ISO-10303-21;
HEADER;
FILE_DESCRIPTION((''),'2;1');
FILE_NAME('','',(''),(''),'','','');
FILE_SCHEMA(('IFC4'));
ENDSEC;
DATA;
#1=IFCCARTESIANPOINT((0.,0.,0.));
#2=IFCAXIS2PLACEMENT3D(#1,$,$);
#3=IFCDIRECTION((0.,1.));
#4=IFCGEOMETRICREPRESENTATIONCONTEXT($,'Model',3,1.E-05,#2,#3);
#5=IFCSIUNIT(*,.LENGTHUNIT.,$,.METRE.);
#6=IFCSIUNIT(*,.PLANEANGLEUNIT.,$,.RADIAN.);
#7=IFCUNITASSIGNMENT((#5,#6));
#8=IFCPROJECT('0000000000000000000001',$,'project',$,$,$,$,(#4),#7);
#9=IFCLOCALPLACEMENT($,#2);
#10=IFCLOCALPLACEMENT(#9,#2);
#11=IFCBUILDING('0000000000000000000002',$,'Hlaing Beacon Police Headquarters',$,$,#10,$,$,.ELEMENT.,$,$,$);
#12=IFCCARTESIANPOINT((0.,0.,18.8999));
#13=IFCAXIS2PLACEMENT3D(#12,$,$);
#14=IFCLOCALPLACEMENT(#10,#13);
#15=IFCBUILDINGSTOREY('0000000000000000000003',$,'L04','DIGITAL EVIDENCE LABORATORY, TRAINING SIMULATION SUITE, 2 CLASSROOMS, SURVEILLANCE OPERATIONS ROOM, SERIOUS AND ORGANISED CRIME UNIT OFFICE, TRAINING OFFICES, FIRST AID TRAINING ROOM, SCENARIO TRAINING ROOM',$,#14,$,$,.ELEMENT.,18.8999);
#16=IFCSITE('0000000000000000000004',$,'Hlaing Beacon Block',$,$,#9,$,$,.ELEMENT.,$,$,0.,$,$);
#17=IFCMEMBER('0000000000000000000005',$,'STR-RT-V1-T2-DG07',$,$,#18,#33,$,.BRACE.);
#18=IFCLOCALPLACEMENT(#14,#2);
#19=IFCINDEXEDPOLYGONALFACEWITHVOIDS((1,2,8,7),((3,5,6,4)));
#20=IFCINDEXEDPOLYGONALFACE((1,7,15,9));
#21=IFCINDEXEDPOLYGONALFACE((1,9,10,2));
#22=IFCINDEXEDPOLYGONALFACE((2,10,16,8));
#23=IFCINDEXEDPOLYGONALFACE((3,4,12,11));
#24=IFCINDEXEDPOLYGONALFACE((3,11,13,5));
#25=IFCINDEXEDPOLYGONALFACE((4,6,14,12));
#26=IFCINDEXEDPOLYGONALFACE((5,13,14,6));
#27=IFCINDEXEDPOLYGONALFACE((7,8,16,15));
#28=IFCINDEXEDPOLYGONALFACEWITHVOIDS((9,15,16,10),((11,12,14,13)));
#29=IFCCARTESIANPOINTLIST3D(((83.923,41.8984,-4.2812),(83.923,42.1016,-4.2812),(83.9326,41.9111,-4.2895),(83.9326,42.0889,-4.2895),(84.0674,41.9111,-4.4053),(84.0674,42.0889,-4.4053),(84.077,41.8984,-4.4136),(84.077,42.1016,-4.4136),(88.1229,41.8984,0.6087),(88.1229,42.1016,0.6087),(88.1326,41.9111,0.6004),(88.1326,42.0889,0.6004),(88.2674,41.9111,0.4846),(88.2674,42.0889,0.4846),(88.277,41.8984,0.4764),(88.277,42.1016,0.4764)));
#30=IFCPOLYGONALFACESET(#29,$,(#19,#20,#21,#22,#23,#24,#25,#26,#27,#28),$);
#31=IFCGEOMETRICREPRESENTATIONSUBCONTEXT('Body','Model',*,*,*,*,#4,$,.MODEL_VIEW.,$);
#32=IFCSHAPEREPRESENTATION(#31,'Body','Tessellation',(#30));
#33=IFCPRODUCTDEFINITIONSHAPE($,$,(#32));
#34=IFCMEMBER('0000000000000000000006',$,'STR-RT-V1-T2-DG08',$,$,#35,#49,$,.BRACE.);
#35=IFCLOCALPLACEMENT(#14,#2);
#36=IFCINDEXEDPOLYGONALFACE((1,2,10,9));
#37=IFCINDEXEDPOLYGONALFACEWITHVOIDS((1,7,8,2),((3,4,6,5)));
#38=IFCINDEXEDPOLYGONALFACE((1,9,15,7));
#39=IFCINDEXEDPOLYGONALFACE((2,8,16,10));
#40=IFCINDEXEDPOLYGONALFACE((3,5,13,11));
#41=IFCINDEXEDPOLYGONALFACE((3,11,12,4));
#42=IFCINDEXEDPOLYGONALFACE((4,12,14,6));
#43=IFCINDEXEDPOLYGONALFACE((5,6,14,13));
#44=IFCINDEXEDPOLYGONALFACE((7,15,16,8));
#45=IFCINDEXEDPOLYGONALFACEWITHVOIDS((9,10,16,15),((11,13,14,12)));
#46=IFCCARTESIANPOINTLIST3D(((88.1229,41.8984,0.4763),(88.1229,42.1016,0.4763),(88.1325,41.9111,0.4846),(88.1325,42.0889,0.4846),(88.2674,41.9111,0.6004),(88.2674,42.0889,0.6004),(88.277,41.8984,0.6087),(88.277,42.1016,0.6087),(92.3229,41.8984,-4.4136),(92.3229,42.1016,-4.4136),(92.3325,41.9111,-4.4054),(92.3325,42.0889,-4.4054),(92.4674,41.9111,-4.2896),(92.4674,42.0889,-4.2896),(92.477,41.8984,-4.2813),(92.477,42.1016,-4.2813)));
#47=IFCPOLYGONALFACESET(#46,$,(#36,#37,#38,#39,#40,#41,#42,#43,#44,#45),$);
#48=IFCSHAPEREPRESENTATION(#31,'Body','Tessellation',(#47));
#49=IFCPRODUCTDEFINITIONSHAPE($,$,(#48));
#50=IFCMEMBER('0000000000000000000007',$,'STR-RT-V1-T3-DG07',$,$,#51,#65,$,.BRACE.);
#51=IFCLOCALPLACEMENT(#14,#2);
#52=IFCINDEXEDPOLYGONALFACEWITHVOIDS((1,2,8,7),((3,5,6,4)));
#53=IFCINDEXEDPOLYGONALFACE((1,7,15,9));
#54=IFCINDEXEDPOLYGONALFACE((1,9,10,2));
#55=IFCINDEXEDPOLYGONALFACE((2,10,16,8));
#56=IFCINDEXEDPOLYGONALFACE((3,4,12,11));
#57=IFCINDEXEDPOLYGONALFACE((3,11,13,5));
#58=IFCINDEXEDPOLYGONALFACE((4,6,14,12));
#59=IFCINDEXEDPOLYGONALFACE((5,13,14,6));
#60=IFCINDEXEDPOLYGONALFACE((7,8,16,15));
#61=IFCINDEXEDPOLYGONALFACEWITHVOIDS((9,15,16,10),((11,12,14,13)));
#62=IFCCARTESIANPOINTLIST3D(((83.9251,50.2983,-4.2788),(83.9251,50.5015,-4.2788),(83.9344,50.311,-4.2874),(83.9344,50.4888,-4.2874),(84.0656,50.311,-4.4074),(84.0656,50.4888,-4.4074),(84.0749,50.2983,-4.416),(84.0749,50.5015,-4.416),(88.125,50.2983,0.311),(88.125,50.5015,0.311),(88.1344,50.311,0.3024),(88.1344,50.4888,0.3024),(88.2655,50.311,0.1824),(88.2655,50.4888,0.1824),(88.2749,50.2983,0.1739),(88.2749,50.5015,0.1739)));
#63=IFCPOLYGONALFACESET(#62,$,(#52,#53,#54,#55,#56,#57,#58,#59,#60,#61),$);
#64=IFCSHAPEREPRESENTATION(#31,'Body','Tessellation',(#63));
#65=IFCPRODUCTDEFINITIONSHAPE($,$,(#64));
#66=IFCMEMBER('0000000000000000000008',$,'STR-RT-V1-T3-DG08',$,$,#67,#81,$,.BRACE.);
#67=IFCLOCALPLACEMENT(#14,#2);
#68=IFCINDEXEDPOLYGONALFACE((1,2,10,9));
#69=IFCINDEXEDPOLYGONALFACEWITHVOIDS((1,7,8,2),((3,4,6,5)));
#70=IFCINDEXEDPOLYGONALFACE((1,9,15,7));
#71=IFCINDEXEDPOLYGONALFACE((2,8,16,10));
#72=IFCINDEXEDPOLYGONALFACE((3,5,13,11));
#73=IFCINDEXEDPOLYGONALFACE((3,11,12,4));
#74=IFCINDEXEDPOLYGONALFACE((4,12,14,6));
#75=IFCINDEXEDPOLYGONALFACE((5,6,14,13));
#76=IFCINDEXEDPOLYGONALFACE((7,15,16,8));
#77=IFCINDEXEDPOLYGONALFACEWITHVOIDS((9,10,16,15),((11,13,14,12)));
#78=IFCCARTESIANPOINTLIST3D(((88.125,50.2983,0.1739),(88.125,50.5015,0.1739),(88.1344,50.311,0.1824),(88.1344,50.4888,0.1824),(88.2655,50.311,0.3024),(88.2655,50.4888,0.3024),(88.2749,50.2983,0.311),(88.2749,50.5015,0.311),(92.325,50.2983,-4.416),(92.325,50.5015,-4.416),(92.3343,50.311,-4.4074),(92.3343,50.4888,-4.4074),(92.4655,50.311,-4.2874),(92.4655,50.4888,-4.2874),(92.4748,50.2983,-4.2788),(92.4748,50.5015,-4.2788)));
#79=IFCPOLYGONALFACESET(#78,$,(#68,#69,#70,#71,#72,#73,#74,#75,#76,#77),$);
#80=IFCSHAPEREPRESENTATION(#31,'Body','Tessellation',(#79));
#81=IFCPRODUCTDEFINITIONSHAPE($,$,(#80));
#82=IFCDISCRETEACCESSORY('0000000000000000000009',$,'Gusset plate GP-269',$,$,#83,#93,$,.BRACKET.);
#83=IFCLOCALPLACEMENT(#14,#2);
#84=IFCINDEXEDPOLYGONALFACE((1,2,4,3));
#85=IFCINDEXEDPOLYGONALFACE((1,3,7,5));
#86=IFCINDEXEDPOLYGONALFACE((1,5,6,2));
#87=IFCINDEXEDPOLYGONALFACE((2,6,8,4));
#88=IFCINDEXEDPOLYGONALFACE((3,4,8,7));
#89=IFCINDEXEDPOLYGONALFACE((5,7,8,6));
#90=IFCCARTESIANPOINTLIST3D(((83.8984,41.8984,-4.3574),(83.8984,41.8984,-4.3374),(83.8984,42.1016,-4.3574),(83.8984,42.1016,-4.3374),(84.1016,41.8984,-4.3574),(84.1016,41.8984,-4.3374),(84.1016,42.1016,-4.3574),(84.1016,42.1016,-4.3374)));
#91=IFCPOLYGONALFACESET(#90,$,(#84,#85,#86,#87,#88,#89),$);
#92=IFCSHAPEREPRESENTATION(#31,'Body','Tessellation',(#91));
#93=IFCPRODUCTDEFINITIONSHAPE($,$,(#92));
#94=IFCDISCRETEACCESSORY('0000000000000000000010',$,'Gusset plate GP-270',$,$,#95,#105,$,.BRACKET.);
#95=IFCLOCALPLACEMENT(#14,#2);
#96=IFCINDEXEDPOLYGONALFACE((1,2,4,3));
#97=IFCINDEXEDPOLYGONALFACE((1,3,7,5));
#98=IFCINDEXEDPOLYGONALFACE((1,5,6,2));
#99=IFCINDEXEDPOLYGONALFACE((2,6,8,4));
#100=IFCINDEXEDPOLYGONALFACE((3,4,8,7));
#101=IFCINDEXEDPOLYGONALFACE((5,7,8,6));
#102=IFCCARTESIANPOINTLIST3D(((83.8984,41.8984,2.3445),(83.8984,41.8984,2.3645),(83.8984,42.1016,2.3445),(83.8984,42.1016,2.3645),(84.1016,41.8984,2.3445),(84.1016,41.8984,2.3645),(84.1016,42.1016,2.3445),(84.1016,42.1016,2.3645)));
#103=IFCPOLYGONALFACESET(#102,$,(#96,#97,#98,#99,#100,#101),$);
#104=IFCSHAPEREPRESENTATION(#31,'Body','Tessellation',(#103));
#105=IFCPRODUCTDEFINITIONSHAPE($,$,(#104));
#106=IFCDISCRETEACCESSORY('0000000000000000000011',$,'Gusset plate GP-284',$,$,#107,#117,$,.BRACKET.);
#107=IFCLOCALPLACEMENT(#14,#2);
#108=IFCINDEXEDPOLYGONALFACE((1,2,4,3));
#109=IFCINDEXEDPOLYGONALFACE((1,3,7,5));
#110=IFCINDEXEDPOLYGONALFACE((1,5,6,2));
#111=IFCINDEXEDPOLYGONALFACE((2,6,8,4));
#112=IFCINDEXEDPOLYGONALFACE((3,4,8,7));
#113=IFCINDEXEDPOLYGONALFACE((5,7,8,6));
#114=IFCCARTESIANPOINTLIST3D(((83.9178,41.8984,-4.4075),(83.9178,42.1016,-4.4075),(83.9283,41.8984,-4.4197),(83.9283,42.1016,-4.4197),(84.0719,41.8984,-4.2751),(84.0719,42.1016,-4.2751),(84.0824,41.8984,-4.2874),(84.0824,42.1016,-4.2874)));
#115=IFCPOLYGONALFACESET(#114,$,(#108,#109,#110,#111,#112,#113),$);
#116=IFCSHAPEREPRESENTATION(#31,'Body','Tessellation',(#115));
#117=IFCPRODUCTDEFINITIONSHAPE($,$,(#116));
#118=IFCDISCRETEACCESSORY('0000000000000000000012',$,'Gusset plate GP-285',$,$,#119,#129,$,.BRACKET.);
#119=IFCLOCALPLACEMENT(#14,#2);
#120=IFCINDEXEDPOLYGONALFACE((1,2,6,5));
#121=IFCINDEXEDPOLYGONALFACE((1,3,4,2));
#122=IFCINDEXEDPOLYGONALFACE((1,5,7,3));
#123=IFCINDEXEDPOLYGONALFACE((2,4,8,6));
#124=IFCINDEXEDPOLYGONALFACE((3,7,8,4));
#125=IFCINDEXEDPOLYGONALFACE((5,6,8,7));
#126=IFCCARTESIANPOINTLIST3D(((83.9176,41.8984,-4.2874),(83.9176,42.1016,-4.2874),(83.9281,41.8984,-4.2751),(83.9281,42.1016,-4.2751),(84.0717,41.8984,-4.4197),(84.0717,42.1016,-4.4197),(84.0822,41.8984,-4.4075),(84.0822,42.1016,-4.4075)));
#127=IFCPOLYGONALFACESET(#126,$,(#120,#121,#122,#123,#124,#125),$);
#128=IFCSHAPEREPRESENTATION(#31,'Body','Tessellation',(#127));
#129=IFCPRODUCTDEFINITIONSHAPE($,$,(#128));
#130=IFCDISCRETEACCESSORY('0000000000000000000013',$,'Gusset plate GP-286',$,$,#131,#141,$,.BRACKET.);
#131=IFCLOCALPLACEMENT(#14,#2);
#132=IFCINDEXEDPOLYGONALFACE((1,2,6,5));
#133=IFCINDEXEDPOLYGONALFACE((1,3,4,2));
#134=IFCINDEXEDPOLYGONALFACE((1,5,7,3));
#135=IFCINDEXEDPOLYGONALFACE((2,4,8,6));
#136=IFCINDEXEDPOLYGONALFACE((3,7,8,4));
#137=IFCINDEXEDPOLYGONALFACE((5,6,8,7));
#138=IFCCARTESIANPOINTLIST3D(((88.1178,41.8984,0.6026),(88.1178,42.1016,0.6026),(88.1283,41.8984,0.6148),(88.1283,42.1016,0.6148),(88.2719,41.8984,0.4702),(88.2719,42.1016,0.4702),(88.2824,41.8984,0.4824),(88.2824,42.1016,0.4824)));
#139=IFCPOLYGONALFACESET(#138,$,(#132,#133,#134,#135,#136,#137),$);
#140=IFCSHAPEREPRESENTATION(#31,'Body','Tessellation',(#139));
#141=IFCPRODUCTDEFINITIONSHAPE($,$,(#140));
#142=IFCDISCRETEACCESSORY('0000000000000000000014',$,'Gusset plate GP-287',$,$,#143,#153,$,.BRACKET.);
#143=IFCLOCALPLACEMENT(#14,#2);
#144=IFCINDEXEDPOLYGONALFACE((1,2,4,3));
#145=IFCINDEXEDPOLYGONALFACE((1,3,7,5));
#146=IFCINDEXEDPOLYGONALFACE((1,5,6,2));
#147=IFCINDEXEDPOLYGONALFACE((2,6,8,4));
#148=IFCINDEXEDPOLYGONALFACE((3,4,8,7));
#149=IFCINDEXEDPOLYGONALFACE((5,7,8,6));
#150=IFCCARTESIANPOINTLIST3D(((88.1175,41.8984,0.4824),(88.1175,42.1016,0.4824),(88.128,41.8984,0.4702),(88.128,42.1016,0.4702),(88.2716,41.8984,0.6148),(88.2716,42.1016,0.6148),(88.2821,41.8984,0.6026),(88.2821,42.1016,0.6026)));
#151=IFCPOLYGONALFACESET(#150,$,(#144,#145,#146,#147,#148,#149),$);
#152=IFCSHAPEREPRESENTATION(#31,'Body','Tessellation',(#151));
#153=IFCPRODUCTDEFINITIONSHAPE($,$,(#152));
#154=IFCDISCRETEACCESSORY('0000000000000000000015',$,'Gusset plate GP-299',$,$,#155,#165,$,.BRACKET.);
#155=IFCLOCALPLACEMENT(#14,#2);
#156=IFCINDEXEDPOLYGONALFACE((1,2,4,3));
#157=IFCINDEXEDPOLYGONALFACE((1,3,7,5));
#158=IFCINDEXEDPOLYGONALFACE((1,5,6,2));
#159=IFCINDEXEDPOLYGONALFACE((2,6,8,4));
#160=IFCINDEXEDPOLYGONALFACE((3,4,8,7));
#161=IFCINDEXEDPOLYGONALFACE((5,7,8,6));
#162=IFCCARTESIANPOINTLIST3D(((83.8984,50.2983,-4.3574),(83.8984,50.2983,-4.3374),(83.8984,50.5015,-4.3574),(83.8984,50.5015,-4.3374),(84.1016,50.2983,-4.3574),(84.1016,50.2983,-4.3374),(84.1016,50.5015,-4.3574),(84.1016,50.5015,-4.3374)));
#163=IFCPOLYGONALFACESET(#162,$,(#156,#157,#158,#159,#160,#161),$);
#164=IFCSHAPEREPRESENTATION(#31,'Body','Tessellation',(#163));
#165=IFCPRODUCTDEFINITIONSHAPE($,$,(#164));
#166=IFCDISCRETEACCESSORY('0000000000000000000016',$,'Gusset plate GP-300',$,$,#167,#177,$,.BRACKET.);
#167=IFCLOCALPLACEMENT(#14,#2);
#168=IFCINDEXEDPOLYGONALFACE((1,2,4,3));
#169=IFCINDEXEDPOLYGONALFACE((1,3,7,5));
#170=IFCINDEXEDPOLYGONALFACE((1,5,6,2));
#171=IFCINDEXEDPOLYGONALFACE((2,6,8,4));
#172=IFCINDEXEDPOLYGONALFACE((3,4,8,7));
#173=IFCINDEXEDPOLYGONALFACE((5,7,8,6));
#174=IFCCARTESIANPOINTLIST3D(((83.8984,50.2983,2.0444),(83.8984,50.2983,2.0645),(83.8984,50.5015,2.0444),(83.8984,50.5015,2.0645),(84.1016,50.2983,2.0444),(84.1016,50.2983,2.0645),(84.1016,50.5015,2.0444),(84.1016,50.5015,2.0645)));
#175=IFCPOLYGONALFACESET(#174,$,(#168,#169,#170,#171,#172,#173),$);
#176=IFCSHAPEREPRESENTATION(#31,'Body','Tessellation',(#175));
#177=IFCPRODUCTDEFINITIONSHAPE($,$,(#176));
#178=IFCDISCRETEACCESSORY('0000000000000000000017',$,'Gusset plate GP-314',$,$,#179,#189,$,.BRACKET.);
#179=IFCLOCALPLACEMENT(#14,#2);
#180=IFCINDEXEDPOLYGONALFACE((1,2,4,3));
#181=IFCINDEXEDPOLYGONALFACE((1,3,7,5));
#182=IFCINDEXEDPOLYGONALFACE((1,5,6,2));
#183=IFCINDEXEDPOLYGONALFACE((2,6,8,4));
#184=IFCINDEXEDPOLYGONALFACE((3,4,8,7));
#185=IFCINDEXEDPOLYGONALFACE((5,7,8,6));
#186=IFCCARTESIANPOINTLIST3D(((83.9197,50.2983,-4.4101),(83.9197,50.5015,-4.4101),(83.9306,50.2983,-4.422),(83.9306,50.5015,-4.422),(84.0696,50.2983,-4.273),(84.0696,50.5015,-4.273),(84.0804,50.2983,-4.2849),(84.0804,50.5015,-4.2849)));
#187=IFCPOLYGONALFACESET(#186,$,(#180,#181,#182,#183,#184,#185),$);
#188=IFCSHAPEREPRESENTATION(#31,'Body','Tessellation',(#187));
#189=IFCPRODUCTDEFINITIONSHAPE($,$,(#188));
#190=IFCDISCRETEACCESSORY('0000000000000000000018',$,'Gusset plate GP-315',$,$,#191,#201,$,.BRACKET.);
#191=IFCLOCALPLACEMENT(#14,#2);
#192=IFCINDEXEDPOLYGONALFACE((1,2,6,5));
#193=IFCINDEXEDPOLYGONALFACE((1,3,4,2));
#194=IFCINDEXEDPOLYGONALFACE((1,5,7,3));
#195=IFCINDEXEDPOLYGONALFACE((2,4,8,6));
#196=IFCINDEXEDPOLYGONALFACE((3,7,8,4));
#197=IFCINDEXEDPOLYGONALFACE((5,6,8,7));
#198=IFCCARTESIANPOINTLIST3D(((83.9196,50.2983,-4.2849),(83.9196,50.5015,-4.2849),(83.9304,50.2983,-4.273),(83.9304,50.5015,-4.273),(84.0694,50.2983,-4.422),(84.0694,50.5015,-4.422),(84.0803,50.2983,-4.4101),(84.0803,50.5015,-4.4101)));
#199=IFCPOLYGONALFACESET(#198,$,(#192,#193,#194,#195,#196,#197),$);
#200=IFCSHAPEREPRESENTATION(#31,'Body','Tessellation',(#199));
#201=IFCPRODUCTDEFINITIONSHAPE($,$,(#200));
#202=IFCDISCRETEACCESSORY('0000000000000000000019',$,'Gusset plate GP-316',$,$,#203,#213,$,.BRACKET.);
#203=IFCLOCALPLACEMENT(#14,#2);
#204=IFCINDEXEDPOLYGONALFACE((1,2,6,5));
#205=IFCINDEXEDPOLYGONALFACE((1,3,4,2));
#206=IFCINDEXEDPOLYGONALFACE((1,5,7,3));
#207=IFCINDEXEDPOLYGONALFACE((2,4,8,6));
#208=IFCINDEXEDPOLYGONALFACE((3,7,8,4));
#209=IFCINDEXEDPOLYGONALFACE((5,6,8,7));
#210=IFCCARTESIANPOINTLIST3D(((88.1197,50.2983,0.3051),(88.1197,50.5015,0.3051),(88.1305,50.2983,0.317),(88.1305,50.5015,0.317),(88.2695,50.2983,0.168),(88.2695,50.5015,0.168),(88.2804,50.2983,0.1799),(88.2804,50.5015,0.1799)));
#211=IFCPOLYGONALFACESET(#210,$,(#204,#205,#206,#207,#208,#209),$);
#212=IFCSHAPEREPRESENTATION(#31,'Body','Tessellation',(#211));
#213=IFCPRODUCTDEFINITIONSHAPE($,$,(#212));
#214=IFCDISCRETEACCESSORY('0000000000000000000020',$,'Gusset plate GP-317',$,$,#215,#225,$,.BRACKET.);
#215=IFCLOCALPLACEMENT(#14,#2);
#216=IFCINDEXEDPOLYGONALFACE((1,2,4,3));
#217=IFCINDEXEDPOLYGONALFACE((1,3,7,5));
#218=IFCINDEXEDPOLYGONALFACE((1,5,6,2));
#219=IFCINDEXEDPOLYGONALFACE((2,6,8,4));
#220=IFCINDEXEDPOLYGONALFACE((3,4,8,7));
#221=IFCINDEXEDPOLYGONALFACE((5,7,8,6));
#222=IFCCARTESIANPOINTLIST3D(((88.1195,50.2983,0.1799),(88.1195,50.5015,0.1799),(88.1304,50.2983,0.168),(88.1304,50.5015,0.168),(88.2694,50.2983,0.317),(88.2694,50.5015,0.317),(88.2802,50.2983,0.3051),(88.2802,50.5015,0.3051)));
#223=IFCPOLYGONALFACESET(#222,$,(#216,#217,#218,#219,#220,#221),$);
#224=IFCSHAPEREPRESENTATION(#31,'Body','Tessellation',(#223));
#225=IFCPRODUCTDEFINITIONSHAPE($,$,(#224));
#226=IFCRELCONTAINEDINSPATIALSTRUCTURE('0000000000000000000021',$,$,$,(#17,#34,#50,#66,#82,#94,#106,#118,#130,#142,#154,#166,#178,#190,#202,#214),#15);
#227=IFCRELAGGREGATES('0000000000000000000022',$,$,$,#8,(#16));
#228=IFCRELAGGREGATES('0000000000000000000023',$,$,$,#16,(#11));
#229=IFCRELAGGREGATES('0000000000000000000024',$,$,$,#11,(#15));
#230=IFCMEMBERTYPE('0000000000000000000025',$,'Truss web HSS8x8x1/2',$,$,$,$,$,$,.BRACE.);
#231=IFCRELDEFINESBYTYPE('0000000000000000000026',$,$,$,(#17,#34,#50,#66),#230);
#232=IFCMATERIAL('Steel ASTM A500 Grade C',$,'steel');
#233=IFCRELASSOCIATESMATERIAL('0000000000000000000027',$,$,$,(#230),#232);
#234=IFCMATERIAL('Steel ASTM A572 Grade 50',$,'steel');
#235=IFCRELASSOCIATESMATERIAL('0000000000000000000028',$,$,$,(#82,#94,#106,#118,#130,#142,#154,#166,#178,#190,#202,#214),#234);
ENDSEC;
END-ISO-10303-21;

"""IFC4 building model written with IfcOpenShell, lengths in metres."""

from ifc_helpers import new_model, si_unit, direction, frame, origin, origin_2d, place, context, subcontext, project, spatial, rectangle, hollow_rectangle, extrude, material, material_profile, profile_set, type_object, element, save


model = new_model("IFC4")

# Units and contexts
model_context = context("Model", 3, precision=1e-05, world=origin(), true_north=direction((0.0, 1.0)))
body_context = subcontext(model_context, "Body", "Model", "MODEL_VIEW")
ifc_project = project(units=[si_unit("LENGTHUNIT", "METRE"), si_unit("PLANEANGLEUNIT", "RADIAN")], contexts=[model_context])

# Site, building, storey
site_placement = place(None, origin())
site = spatial("IfcSite", under=ifc_project, at=site_placement, Name="Hlaing Beacon Block", CompositionType="ELEMENT", RefElevation=0.0)
building_placement = place(site_placement, origin())
building = spatial("IfcBuilding", under=site, at=building_placement, Name="Hlaing Beacon Police Headquarters", CompositionType="ELEMENT")
storey_placement = place(building_placement, frame((0.0, 0.0, 18.8999)))
storey = spatial("IfcBuildingStorey", under=building, at=storey_placement, Name="L04", Description="DIGITAL EVIDENCE LABORATORY, TRAINING SIMULATION SUITE, 2 CLASSROOMS, SURVEILLANCE OPERATIONS ROOM, SERIOUS AND ORGANISED CRIME UNIT OFFICE, TRAINING OFFICES, FIRST AID TRAINING ROOM, SCENARIO TRAINING ROOM", CompositionType="ELEMENT", Elevation=18.8999)

# Members
ifc_material_1 = material(Name="Steel ASTM A500 Grade C", Category="steel")
ifc_material_profile_1 = material_profile(ifc_material_1, hollow_rectangle(XDim=0.2031, YDim=0.2031, WallThickness=0.0127, at=origin_2d()), Name="HSS8x8x1/2")
ifc_profile_set_1 = profile_set([ifc_material_profile_1], Name="Steel ASTM A500 Grade C")
member_type_1 = type_object("IfcMemberType", Name="Truss web HSS8x8x1/2", PredefinedType="BRACE", material=ifc_profile_set_1)
for number, where, z_axis, x_axis, name in (
    (1, (84.0, 42.0, -4.3474), (0.651561, 0.0, 0.758596), (0.0, 1.0, 0.0), "STR-RT-V1-T2-DG07"),
    (2, (88.2, 42.0, 0.5425), (0.651561, 0.0, -0.758596), (0.0, 1.0, 0.0), "STR-RT-V1-T2-DG08"),
):
    element("IfcMember", number, at=place(storey_placement, frame(where, z_axis=z_axis, x_axis=x_axis)), inside=storey, type_object=member_type_1, Name=name, PredefinedType="BRACE", context=body_context, shape_type="SweptSolid", body=[
        extrude(hollow_rectangle(XDim=0.2031, YDim=0.2031, WallThickness=0.0127, at=origin_2d()), origin(), (0.0, 0.0, 1.0), 6.446),
    ])
for number, where, z_axis, x_axis, name in (
    (3, (84.0, 50.3999, -4.3474), (0.675078, 0.0, 0.737747), (0.0, 1.0, 0.0), "STR-RT-V1-T3-DG07"),
    (4, (88.2, 50.3999, 0.2424), (0.675078, 0.0, -0.737747), (0.0, 1.0, 0.0), "STR-RT-V1-T3-DG08"),
):
    element("IfcMember", number, at=place(storey_placement, frame(where, z_axis=z_axis, x_axis=x_axis)), inside=storey, type_object=member_type_1, Name=name, PredefinedType="BRACE", context=body_context, shape_type="SweptSolid", body=[
        extrude(hollow_rectangle(XDim=0.2031, YDim=0.2031, WallThickness=0.0127, at=origin_2d()), origin(), (0.0, 0.0, 1.0), 6.2214),
    ])

# Discrete accessories
ifc_material_2 = material(Name="Steel ASTM A572 Grade 50", Category="steel")
for number, where, z_axis, x_axis, name in (
    (5, (84.0, 42.0, -4.3374), (0.0, 0.0, -1.0), (1.0, 0.0, 0.0), "Gusset plate GP-269"),
    (6, (84.0, 42.0, 2.3445), (0.0, 0.0, 1.0), (1.0, 0.0, 0.0), "Gusset plate GP-270"),
):
    element("IfcDiscreteAccessory", number, at=place(storey_placement, frame(where, z_axis=z_axis, x_axis=x_axis)), inside=storey, material=ifc_material_2, Name=name, PredefinedType="BRACKET", context=body_context, shape_type="SweptSolid", body=[
        extrude(rectangle(XDim=0.2031, YDim=0.2031, at=origin_2d()), origin(), (0.0, 0.0, 1.0), 0.02),
    ])
for number, where, z_axis, x_axis, name in (
    (7, (83.9949, 42.0, -4.3413), (0.651561, 0.0, -0.758596), (0.0, 1.0, 0.0), "Gusset plate GP-284"),
    (8, (84.0051, 42.0, -4.3413), (-0.651561, 0.0, -0.758596), (0.0, -1.0, 0.0), "Gusset plate GP-285"),
    (9, (88.1948, 42.0, 0.5364), (0.651561, 0.0, 0.758596), (0.0, 1.0, 0.0), "Gusset plate GP-286"),
    (10, (88.2051, 42.0, 0.5364), (-0.651561, 0.0, 0.758596), (0.0, -1.0, 0.0), "Gusset plate GP-287"),
):
    element("IfcDiscreteAccessory", number, at=place(storey_placement, frame(where, z_axis=z_axis, x_axis=x_axis)), inside=storey, material=ifc_material_2, Name=name, PredefinedType="BRACKET", context=body_context, shape_type="SweptSolid", body=[
        extrude(rectangle(XDim=0.2031, YDim=0.2031, at=origin_2d()), origin(), (0.0, 0.0, 1.0), 0.0161),
    ])
for number, where, z_axis, x_axis, name in (
    (11, (84.0, 50.3999, -4.3374), (0.0, 0.0, -1.0), (1.0, 0.0, 0.0), "Gusset plate GP-299"),
    (12, (84.0, 50.3999, 2.0444), (0.0, 0.0, 1.0), (1.0, 0.0, 0.0), "Gusset plate GP-300"),
):
    element("IfcDiscreteAccessory", number, at=place(storey_placement, frame(where, z_axis=z_axis, x_axis=x_axis)), inside=storey, material=ifc_material_2, Name=name, PredefinedType="BRACKET", context=body_context, shape_type="SweptSolid", body=[
        extrude(rectangle(XDim=0.2031, YDim=0.2031, at=origin_2d()), origin(), (0.0, 0.0, 1.0), 0.02),
    ])
for number, where, z_axis, x_axis, name in (
    (13, (83.9946, 50.3999, -4.3416), (0.675078, 0.0, -0.737747), (0.0, 1.0, 0.0), "Gusset plate GP-314"),
    (14, (84.0054, 50.3999, -4.3416), (-0.675078, 0.0, -0.737747), (0.0, -1.0, 0.0), "Gusset plate GP-315"),
    (15, (88.1946, 50.3999, 0.2366), (0.675078, 0.0, 0.737747), (0.0, 1.0, 0.0), "Gusset plate GP-316"),
    (16, (88.2053, 50.3999, 0.2366), (-0.675078, 0.0, 0.737747), (0.0, -1.0, 0.0), "Gusset plate GP-317"),
):
    element("IfcDiscreteAccessory", number, at=place(storey_placement, frame(where, z_axis=z_axis, x_axis=x_axis)), inside=storey, material=ifc_material_2, Name=name, PredefinedType="BRACKET", context=body_context, shape_type="SweptSolid", body=[
        extrude(rectangle(XDim=0.2031, YDim=0.2031, at=origin_2d()), origin(), (0.0, 0.0, 1.0), 0.0161),
    ])

save(model, "model.ifc")
